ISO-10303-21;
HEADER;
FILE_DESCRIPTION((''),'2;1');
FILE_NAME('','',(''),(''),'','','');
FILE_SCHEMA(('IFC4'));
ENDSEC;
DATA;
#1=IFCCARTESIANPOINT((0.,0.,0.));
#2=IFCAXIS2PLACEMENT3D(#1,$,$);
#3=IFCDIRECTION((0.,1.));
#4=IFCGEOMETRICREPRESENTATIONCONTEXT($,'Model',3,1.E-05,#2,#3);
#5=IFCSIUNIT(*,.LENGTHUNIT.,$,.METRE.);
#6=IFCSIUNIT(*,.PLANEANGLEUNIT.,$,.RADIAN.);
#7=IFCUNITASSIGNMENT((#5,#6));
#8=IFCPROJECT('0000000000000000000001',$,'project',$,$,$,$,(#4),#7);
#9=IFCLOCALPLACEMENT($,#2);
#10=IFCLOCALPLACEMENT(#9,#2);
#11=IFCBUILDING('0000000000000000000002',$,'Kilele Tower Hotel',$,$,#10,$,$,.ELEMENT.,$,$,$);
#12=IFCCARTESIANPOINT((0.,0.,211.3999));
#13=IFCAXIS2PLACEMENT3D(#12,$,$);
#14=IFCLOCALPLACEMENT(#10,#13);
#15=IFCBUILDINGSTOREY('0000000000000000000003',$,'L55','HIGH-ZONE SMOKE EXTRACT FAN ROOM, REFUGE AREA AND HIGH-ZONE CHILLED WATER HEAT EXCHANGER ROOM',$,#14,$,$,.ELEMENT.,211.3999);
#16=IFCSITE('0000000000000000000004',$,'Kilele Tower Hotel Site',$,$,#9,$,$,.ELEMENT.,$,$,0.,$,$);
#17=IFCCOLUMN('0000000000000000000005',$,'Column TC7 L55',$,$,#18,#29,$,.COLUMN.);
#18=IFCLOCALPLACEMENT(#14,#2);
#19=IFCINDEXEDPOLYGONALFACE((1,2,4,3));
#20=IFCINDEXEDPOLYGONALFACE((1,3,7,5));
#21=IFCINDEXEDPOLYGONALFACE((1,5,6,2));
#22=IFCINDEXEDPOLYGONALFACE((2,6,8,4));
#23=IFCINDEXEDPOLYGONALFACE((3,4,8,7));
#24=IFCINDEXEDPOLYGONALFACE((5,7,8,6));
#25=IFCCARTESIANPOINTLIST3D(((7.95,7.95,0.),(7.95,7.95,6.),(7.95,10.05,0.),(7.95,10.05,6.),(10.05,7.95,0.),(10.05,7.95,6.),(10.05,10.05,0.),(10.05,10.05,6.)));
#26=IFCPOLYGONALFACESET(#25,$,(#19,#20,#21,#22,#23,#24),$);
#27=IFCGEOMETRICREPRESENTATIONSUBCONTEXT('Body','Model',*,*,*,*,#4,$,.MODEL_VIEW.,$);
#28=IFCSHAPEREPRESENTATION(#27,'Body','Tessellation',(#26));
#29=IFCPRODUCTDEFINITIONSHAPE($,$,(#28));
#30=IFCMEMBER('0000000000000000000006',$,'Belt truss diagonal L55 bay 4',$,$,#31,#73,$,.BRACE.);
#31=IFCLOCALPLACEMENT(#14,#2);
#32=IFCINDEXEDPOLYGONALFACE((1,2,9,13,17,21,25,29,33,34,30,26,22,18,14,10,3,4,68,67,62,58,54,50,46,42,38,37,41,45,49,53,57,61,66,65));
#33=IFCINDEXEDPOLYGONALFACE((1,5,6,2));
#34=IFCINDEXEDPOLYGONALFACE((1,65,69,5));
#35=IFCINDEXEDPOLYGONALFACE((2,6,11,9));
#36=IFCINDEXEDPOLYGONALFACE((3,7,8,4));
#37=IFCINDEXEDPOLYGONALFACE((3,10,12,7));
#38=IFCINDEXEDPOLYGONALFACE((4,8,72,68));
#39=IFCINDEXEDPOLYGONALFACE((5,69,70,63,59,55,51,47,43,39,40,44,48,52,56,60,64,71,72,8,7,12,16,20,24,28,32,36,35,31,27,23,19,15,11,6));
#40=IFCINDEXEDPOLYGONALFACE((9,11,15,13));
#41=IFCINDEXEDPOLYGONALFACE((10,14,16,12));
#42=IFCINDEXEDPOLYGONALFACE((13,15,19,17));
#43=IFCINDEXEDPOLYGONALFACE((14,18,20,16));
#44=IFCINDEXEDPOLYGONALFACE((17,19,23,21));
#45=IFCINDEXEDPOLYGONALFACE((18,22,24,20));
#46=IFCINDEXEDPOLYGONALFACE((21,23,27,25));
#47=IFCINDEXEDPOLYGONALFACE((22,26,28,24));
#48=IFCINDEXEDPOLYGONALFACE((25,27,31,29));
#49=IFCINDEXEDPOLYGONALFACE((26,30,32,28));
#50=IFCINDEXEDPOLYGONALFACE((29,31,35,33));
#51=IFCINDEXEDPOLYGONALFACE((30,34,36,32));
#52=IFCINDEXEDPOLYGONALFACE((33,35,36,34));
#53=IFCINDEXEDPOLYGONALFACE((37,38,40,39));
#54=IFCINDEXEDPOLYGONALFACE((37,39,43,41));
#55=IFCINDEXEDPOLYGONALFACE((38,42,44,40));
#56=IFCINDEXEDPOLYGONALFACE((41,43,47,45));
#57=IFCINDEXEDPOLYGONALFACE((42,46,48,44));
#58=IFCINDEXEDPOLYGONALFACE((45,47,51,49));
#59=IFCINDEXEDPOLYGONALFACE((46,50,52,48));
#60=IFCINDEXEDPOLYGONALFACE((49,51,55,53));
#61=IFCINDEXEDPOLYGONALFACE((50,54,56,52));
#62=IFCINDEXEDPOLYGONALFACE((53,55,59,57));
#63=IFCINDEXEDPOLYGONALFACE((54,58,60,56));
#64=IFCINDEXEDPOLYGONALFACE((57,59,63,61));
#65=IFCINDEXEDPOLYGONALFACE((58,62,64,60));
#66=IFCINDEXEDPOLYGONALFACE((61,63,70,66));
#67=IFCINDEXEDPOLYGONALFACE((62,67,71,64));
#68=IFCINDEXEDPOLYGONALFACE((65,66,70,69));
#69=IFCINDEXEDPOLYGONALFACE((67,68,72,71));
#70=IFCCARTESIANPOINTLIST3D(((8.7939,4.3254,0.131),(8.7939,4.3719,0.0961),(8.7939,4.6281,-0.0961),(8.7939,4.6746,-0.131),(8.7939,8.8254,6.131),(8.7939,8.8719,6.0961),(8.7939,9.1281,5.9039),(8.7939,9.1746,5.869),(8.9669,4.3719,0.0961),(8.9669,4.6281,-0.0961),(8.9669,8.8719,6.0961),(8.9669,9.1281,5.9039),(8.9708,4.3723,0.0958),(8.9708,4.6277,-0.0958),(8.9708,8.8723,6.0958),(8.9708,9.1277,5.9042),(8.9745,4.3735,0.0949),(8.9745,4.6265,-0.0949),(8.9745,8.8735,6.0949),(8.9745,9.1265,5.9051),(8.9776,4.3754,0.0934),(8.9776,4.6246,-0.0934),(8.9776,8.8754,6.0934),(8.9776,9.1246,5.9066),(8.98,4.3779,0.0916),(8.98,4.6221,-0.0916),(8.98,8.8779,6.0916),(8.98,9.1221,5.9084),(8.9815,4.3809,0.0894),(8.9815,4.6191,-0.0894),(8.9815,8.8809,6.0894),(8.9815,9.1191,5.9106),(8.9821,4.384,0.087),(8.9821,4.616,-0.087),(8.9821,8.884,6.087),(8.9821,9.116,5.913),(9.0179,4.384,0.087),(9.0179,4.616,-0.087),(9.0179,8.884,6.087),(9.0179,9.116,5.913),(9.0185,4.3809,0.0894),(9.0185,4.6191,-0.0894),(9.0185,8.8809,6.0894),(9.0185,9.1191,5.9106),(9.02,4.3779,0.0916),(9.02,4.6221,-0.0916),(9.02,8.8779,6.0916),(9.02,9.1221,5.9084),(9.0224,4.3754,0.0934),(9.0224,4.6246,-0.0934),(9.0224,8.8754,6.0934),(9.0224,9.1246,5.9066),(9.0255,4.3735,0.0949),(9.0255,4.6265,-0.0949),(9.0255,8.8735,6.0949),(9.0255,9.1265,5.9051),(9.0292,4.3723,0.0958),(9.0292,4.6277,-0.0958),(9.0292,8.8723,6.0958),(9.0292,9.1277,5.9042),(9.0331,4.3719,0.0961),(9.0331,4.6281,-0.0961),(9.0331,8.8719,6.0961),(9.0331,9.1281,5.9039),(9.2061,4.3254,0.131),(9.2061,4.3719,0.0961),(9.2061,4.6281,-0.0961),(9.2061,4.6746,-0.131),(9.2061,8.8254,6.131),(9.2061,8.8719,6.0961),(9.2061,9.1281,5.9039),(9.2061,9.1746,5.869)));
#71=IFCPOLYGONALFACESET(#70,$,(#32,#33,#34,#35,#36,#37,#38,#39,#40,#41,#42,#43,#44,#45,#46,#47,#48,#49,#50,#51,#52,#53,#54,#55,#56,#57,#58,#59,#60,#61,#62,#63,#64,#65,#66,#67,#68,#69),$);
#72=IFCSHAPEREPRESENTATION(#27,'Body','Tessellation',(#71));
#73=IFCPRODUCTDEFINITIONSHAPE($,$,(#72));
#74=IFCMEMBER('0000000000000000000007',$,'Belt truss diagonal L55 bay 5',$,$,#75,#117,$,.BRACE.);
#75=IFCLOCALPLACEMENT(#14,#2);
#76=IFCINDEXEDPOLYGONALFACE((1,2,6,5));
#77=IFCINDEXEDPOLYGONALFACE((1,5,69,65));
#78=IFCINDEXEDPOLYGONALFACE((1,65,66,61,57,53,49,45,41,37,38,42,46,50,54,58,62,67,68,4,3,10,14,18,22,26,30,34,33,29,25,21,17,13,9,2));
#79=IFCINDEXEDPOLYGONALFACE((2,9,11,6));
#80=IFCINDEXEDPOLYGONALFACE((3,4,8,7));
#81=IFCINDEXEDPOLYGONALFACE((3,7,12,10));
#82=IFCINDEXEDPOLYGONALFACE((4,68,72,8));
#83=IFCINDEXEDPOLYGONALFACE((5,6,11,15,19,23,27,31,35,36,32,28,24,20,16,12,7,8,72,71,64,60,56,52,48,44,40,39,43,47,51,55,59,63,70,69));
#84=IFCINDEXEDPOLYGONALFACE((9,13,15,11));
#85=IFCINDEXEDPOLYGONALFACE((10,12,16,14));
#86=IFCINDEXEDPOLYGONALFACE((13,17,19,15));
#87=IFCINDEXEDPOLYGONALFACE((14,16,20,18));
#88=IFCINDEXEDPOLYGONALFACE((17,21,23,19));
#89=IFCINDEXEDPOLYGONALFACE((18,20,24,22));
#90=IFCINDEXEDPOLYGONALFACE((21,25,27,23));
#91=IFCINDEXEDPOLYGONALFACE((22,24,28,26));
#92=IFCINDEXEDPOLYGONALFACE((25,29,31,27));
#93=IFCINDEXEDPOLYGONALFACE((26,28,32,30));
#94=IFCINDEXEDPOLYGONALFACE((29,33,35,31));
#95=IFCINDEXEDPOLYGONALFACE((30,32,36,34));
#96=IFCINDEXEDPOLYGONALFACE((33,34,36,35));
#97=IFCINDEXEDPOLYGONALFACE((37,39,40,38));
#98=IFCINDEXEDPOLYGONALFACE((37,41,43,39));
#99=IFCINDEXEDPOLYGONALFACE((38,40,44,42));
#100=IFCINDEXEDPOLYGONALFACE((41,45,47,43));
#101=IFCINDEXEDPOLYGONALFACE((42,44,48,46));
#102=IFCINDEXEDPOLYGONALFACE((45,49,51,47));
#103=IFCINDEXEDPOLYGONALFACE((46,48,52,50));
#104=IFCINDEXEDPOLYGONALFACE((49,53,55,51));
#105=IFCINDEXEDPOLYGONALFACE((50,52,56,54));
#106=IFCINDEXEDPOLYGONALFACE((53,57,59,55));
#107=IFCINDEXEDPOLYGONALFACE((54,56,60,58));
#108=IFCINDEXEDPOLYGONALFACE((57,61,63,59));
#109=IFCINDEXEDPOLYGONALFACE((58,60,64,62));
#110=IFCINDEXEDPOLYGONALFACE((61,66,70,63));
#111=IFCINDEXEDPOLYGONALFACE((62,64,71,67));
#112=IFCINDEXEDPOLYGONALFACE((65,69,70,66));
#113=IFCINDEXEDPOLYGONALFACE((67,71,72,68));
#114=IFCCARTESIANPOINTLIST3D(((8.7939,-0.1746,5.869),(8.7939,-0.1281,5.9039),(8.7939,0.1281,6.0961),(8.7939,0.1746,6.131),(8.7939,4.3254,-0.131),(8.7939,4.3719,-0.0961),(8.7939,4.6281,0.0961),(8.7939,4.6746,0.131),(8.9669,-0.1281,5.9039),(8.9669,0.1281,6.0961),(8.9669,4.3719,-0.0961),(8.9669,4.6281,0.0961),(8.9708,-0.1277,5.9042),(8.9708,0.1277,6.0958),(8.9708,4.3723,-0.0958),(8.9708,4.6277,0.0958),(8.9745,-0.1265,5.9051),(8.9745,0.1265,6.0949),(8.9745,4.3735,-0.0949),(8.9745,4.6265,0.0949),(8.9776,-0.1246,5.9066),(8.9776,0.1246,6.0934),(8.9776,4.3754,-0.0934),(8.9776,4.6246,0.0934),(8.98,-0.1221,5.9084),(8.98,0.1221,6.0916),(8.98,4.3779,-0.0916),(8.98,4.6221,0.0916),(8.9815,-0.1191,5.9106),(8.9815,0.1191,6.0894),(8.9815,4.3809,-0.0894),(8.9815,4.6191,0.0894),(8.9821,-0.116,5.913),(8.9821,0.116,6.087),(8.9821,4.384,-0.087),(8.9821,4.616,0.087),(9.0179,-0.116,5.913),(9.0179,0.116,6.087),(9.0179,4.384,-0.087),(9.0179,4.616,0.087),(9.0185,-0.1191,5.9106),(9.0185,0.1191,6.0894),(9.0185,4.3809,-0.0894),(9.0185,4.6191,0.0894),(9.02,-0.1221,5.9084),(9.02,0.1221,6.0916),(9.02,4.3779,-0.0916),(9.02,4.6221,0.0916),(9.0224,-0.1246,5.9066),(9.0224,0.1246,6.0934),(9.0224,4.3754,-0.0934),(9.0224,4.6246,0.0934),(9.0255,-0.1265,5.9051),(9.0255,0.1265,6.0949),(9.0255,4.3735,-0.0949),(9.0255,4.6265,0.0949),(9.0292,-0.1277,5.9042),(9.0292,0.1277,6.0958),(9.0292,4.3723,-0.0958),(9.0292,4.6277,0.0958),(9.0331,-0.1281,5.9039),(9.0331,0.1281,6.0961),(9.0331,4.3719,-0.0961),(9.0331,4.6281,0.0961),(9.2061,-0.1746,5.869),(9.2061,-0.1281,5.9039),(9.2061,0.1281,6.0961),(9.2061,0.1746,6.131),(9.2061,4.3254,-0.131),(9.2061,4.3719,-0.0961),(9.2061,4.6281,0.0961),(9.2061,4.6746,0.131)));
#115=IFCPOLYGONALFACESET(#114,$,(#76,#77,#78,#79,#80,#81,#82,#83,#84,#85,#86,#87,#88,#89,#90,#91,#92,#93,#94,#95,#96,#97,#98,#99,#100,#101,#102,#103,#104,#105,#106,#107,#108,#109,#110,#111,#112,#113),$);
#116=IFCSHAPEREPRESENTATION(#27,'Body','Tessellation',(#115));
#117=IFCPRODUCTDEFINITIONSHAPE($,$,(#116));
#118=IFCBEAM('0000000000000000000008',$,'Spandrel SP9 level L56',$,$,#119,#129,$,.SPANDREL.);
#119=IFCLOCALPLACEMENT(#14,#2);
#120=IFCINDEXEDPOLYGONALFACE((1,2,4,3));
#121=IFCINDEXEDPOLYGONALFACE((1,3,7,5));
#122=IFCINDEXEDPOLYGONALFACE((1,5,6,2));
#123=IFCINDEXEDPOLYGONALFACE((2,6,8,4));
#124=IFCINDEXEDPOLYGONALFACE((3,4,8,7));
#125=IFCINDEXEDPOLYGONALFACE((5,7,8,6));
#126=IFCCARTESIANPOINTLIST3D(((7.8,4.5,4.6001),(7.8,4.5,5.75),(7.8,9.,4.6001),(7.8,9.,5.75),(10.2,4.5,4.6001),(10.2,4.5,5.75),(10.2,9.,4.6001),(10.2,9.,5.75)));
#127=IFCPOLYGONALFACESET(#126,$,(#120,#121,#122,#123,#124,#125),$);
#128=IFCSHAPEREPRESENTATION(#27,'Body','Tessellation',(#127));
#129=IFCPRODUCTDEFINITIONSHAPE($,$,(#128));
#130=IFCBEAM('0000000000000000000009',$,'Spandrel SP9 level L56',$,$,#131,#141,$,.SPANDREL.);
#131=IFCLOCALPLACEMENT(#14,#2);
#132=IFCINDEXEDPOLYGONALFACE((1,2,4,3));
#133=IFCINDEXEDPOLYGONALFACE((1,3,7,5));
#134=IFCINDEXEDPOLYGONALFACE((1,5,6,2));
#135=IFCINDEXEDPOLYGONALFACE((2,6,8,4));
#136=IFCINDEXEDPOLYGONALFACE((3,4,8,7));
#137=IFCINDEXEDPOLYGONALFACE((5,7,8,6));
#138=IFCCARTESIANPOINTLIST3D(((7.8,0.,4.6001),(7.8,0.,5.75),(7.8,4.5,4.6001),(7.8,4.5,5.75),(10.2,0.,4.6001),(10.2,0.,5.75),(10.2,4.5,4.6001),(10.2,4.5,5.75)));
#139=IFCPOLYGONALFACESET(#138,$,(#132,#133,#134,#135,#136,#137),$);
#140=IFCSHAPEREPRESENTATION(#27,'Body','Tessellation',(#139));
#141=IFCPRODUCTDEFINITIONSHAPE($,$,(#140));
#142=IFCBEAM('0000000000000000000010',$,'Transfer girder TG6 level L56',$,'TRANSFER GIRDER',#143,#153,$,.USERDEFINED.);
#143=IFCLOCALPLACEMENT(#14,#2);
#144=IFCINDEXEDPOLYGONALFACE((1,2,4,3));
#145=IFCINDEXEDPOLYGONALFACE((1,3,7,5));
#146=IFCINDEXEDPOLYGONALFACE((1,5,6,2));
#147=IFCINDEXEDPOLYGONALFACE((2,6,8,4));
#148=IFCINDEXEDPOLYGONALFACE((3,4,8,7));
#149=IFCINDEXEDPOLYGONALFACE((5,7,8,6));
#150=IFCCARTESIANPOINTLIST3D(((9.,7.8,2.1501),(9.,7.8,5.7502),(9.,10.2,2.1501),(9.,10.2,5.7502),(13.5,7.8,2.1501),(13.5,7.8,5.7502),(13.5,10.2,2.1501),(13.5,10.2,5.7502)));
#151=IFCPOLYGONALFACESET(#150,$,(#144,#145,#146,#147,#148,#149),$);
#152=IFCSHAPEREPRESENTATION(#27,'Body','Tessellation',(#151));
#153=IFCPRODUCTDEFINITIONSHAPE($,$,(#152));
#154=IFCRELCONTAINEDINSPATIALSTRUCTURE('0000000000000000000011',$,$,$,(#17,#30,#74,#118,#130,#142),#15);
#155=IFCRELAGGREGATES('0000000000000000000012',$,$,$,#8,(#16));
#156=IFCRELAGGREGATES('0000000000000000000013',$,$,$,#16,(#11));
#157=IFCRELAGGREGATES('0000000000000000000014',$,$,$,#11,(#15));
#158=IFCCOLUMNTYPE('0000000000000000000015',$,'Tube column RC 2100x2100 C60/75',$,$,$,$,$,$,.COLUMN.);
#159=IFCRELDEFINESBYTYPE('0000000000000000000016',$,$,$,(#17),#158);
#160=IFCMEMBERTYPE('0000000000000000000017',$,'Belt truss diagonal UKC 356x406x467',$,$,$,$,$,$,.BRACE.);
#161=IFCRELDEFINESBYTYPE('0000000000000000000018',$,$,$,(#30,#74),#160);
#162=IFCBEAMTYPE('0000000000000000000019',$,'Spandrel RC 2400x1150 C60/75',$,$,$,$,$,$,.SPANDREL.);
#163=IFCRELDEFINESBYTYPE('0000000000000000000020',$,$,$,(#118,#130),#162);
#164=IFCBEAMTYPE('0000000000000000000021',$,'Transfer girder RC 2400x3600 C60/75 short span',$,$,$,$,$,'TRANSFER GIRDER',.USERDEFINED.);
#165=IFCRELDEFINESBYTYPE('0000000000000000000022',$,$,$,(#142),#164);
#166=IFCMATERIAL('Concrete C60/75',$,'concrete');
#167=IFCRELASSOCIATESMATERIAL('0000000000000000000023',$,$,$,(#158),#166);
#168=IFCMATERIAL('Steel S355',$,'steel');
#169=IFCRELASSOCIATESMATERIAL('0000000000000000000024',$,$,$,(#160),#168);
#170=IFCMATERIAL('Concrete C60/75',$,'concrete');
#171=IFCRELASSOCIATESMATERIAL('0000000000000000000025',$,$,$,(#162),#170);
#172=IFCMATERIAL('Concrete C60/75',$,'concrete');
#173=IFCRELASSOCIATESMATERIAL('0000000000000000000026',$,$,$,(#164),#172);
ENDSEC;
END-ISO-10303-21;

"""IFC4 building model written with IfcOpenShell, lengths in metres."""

from ifc_helpers import new_model, si_unit, direction, frame, origin, origin_2d, place, context, subcontext, project, spatial, rectangle, i_section, extrude, material, material_profile, profile_set, type_object, element, save


model = new_model("IFC4")

# Units and contexts
model_context = context("Model", 3, precision=1e-05, world=origin(), true_north=direction((0.0, 1.0)))
body_context = subcontext(model_context, "Body", "Model", "MODEL_VIEW")
ifc_project = project(units=[si_unit("LENGTHUNIT", "METRE"), si_unit("PLANEANGLEUNIT", "RADIAN")], contexts=[model_context])

# Site, building, storey
site_placement = place(None, origin())
site = spatial("IfcSite", under=ifc_project, at=site_placement, Name="Kilele Tower Hotel Site", CompositionType="ELEMENT", RefElevation=0.0)
building_placement = place(site_placement, origin())
building = spatial("IfcBuilding", under=site, at=building_placement, Name="Kilele Tower Hotel", CompositionType="ELEMENT")
storey_placement = place(building_placement, frame((0.0, 0.0, 211.3999)))
storey = spatial("IfcBuildingStorey", under=building, at=storey_placement, Name="L55", Description="HIGH-ZONE SMOKE EXTRACT FAN ROOM, REFUGE AREA AND HIGH-ZONE CHILLED WATER HEAT EXCHANGER ROOM", CompositionType="ELEMENT", Elevation=211.3999)

# Column
ifc_material_1 = material(Name="Concrete C60/75", Category="concrete")
ifc_material_profile_1 = material_profile(ifc_material_1, rectangle(XDim=2.1001, YDim=2.1001, at=origin_2d()))
ifc_profile_set_1 = profile_set([ifc_material_profile_1], Name="Concrete C60/75")
column_type = type_object("IfcColumnType", Name="Tube column RC 2100x2100 C60/75", PredefinedType="COLUMN", material=ifc_profile_set_1)
column_placement = place(storey_placement, frame((9.0, 9.0, 0.0), z_axis=(0.0, 0.0, 1.0), x_axis=(1.0, 0.0, 0.0)))
element("IfcColumn", 1, at=column_placement, inside=storey, type_object=column_type, Name="Column TC7 L55", PredefinedType="COLUMN", context=body_context, shape_type="SweptSolid", body=[
    extrude(rectangle(XDim=2.1001, YDim=2.1001, at=origin_2d()), origin(), (0.0, 0.0, 1.0), 6.0),
])

# Members
ifc_material_2 = material(Name="Steel S355", Category="steel")
ifc_material_profile_2 = material_profile(ifc_material_2, i_section(OverallWidth=0.4121, OverallDepth=0.4365, WebThickness=0.0359, FlangeThickness=0.0581, FilletRadius=0.0151, at=origin_2d()))
ifc_profile_set_2 = profile_set([ifc_material_profile_2], Name="Steel S355")
member_type = type_object("IfcMemberType", Name="Belt truss diagonal UKC 356x406x467", PredefinedType="BRACE", material=ifc_profile_set_2)
for number, where, z_axis, x_axis, name in (
    (2, (9.0, 9.0, 6.0), (0.0, -0.6, -0.8), (1.0, 0.0, 0.0), "Belt truss diagonal L55 bay 4"),
    (3, (9.0, 4.5, 0.0), (0.0, -0.6, 0.8), (1.0, 0.0, 0.0), "Belt truss diagonal L55 bay 5"),
):
    element("IfcMember", number, at=place(storey_placement, frame(where, z_axis=z_axis, x_axis=x_axis)), inside=storey, type_object=member_type, Name=name, PredefinedType="BRACE", context=body_context, shape_type="SweptSolid", body=[
        extrude(i_section(OverallWidth=0.4121, OverallDepth=0.4365, WebThickness=0.0359, FlangeThickness=0.0581, FilletRadius=0.0151, at=origin_2d()), origin(), (0.0, 0.0, 1.0), 7.5),
    ])

# Beams
ifc_material_3 = material(Name="Concrete C60/75", Category="concrete")
ifc_material_profile_3 = material_profile(ifc_material_3, rectangle(XDim=2.3999, YDim=1.1499, at=origin_2d()))
ifc_profile_set_3 = profile_set([ifc_material_profile_3], Name="Concrete C60/75")
beam_type_1 = type_object("IfcBeamType", Name="Spandrel RC 2400x1150 C60/75", PredefinedType="SPANDREL", material=ifc_profile_set_3)
for number, where, z_axis, x_axis, name in (
    (4, (9.0, 9.0, 5.175), (0.0, -1.0, 0.0), (1.0, 0.0, 0.0), "Spandrel SP9 level L56"),
    (5, (9.0, 4.5, 5.175), (0.0, -1.0, 0.0), (1.0, 0.0, 0.0), "Spandrel SP9 level L56"),
):
    element("IfcBeam", number, at=place(storey_placement, frame(where, z_axis=z_axis, x_axis=x_axis)), inside=storey, type_object=beam_type_1, Name=name, PredefinedType="SPANDREL", context=body_context, shape_type="SweptSolid", body=[
        extrude(rectangle(XDim=2.3999, YDim=1.1499, at=origin_2d()), origin(), (0.0, 0.0, 1.0), 4.5),
    ])
ifc_material_4 = material(Name="Concrete C60/75", Category="concrete")
ifc_material_profile_4 = material_profile(ifc_material_4, rectangle(XDim=2.3999, YDim=3.6001, at=origin_2d()))
ifc_profile_set_4 = profile_set([ifc_material_profile_4], Name="Concrete C60/75")
beam_type_2 = type_object("IfcBeamType", Name="Transfer girder RC 2400x3600 C60/75 short span", ElementType="TRANSFER GIRDER", PredefinedType="USERDEFINED", material=ifc_profile_set_4)
beam_placement = place(storey_placement, frame((9.0, 9.0, 3.9502), z_axis=(1.0, 0.0, 0.0), x_axis=(0.0, 1.0, 0.0)))
element("IfcBeam", 6, at=beam_placement, inside=storey, type_object=beam_type_2, Name="Transfer girder TG6 level L56", ObjectType="TRANSFER GIRDER", PredefinedType="USERDEFINED", context=body_context, shape_type="SweptSolid", body=[
    extrude(rectangle(XDim=2.3999, YDim=3.6001, at=origin_2d()), origin(), (0.0, 0.0, 1.0), 4.5),
])

save(model, "model.ifc")
